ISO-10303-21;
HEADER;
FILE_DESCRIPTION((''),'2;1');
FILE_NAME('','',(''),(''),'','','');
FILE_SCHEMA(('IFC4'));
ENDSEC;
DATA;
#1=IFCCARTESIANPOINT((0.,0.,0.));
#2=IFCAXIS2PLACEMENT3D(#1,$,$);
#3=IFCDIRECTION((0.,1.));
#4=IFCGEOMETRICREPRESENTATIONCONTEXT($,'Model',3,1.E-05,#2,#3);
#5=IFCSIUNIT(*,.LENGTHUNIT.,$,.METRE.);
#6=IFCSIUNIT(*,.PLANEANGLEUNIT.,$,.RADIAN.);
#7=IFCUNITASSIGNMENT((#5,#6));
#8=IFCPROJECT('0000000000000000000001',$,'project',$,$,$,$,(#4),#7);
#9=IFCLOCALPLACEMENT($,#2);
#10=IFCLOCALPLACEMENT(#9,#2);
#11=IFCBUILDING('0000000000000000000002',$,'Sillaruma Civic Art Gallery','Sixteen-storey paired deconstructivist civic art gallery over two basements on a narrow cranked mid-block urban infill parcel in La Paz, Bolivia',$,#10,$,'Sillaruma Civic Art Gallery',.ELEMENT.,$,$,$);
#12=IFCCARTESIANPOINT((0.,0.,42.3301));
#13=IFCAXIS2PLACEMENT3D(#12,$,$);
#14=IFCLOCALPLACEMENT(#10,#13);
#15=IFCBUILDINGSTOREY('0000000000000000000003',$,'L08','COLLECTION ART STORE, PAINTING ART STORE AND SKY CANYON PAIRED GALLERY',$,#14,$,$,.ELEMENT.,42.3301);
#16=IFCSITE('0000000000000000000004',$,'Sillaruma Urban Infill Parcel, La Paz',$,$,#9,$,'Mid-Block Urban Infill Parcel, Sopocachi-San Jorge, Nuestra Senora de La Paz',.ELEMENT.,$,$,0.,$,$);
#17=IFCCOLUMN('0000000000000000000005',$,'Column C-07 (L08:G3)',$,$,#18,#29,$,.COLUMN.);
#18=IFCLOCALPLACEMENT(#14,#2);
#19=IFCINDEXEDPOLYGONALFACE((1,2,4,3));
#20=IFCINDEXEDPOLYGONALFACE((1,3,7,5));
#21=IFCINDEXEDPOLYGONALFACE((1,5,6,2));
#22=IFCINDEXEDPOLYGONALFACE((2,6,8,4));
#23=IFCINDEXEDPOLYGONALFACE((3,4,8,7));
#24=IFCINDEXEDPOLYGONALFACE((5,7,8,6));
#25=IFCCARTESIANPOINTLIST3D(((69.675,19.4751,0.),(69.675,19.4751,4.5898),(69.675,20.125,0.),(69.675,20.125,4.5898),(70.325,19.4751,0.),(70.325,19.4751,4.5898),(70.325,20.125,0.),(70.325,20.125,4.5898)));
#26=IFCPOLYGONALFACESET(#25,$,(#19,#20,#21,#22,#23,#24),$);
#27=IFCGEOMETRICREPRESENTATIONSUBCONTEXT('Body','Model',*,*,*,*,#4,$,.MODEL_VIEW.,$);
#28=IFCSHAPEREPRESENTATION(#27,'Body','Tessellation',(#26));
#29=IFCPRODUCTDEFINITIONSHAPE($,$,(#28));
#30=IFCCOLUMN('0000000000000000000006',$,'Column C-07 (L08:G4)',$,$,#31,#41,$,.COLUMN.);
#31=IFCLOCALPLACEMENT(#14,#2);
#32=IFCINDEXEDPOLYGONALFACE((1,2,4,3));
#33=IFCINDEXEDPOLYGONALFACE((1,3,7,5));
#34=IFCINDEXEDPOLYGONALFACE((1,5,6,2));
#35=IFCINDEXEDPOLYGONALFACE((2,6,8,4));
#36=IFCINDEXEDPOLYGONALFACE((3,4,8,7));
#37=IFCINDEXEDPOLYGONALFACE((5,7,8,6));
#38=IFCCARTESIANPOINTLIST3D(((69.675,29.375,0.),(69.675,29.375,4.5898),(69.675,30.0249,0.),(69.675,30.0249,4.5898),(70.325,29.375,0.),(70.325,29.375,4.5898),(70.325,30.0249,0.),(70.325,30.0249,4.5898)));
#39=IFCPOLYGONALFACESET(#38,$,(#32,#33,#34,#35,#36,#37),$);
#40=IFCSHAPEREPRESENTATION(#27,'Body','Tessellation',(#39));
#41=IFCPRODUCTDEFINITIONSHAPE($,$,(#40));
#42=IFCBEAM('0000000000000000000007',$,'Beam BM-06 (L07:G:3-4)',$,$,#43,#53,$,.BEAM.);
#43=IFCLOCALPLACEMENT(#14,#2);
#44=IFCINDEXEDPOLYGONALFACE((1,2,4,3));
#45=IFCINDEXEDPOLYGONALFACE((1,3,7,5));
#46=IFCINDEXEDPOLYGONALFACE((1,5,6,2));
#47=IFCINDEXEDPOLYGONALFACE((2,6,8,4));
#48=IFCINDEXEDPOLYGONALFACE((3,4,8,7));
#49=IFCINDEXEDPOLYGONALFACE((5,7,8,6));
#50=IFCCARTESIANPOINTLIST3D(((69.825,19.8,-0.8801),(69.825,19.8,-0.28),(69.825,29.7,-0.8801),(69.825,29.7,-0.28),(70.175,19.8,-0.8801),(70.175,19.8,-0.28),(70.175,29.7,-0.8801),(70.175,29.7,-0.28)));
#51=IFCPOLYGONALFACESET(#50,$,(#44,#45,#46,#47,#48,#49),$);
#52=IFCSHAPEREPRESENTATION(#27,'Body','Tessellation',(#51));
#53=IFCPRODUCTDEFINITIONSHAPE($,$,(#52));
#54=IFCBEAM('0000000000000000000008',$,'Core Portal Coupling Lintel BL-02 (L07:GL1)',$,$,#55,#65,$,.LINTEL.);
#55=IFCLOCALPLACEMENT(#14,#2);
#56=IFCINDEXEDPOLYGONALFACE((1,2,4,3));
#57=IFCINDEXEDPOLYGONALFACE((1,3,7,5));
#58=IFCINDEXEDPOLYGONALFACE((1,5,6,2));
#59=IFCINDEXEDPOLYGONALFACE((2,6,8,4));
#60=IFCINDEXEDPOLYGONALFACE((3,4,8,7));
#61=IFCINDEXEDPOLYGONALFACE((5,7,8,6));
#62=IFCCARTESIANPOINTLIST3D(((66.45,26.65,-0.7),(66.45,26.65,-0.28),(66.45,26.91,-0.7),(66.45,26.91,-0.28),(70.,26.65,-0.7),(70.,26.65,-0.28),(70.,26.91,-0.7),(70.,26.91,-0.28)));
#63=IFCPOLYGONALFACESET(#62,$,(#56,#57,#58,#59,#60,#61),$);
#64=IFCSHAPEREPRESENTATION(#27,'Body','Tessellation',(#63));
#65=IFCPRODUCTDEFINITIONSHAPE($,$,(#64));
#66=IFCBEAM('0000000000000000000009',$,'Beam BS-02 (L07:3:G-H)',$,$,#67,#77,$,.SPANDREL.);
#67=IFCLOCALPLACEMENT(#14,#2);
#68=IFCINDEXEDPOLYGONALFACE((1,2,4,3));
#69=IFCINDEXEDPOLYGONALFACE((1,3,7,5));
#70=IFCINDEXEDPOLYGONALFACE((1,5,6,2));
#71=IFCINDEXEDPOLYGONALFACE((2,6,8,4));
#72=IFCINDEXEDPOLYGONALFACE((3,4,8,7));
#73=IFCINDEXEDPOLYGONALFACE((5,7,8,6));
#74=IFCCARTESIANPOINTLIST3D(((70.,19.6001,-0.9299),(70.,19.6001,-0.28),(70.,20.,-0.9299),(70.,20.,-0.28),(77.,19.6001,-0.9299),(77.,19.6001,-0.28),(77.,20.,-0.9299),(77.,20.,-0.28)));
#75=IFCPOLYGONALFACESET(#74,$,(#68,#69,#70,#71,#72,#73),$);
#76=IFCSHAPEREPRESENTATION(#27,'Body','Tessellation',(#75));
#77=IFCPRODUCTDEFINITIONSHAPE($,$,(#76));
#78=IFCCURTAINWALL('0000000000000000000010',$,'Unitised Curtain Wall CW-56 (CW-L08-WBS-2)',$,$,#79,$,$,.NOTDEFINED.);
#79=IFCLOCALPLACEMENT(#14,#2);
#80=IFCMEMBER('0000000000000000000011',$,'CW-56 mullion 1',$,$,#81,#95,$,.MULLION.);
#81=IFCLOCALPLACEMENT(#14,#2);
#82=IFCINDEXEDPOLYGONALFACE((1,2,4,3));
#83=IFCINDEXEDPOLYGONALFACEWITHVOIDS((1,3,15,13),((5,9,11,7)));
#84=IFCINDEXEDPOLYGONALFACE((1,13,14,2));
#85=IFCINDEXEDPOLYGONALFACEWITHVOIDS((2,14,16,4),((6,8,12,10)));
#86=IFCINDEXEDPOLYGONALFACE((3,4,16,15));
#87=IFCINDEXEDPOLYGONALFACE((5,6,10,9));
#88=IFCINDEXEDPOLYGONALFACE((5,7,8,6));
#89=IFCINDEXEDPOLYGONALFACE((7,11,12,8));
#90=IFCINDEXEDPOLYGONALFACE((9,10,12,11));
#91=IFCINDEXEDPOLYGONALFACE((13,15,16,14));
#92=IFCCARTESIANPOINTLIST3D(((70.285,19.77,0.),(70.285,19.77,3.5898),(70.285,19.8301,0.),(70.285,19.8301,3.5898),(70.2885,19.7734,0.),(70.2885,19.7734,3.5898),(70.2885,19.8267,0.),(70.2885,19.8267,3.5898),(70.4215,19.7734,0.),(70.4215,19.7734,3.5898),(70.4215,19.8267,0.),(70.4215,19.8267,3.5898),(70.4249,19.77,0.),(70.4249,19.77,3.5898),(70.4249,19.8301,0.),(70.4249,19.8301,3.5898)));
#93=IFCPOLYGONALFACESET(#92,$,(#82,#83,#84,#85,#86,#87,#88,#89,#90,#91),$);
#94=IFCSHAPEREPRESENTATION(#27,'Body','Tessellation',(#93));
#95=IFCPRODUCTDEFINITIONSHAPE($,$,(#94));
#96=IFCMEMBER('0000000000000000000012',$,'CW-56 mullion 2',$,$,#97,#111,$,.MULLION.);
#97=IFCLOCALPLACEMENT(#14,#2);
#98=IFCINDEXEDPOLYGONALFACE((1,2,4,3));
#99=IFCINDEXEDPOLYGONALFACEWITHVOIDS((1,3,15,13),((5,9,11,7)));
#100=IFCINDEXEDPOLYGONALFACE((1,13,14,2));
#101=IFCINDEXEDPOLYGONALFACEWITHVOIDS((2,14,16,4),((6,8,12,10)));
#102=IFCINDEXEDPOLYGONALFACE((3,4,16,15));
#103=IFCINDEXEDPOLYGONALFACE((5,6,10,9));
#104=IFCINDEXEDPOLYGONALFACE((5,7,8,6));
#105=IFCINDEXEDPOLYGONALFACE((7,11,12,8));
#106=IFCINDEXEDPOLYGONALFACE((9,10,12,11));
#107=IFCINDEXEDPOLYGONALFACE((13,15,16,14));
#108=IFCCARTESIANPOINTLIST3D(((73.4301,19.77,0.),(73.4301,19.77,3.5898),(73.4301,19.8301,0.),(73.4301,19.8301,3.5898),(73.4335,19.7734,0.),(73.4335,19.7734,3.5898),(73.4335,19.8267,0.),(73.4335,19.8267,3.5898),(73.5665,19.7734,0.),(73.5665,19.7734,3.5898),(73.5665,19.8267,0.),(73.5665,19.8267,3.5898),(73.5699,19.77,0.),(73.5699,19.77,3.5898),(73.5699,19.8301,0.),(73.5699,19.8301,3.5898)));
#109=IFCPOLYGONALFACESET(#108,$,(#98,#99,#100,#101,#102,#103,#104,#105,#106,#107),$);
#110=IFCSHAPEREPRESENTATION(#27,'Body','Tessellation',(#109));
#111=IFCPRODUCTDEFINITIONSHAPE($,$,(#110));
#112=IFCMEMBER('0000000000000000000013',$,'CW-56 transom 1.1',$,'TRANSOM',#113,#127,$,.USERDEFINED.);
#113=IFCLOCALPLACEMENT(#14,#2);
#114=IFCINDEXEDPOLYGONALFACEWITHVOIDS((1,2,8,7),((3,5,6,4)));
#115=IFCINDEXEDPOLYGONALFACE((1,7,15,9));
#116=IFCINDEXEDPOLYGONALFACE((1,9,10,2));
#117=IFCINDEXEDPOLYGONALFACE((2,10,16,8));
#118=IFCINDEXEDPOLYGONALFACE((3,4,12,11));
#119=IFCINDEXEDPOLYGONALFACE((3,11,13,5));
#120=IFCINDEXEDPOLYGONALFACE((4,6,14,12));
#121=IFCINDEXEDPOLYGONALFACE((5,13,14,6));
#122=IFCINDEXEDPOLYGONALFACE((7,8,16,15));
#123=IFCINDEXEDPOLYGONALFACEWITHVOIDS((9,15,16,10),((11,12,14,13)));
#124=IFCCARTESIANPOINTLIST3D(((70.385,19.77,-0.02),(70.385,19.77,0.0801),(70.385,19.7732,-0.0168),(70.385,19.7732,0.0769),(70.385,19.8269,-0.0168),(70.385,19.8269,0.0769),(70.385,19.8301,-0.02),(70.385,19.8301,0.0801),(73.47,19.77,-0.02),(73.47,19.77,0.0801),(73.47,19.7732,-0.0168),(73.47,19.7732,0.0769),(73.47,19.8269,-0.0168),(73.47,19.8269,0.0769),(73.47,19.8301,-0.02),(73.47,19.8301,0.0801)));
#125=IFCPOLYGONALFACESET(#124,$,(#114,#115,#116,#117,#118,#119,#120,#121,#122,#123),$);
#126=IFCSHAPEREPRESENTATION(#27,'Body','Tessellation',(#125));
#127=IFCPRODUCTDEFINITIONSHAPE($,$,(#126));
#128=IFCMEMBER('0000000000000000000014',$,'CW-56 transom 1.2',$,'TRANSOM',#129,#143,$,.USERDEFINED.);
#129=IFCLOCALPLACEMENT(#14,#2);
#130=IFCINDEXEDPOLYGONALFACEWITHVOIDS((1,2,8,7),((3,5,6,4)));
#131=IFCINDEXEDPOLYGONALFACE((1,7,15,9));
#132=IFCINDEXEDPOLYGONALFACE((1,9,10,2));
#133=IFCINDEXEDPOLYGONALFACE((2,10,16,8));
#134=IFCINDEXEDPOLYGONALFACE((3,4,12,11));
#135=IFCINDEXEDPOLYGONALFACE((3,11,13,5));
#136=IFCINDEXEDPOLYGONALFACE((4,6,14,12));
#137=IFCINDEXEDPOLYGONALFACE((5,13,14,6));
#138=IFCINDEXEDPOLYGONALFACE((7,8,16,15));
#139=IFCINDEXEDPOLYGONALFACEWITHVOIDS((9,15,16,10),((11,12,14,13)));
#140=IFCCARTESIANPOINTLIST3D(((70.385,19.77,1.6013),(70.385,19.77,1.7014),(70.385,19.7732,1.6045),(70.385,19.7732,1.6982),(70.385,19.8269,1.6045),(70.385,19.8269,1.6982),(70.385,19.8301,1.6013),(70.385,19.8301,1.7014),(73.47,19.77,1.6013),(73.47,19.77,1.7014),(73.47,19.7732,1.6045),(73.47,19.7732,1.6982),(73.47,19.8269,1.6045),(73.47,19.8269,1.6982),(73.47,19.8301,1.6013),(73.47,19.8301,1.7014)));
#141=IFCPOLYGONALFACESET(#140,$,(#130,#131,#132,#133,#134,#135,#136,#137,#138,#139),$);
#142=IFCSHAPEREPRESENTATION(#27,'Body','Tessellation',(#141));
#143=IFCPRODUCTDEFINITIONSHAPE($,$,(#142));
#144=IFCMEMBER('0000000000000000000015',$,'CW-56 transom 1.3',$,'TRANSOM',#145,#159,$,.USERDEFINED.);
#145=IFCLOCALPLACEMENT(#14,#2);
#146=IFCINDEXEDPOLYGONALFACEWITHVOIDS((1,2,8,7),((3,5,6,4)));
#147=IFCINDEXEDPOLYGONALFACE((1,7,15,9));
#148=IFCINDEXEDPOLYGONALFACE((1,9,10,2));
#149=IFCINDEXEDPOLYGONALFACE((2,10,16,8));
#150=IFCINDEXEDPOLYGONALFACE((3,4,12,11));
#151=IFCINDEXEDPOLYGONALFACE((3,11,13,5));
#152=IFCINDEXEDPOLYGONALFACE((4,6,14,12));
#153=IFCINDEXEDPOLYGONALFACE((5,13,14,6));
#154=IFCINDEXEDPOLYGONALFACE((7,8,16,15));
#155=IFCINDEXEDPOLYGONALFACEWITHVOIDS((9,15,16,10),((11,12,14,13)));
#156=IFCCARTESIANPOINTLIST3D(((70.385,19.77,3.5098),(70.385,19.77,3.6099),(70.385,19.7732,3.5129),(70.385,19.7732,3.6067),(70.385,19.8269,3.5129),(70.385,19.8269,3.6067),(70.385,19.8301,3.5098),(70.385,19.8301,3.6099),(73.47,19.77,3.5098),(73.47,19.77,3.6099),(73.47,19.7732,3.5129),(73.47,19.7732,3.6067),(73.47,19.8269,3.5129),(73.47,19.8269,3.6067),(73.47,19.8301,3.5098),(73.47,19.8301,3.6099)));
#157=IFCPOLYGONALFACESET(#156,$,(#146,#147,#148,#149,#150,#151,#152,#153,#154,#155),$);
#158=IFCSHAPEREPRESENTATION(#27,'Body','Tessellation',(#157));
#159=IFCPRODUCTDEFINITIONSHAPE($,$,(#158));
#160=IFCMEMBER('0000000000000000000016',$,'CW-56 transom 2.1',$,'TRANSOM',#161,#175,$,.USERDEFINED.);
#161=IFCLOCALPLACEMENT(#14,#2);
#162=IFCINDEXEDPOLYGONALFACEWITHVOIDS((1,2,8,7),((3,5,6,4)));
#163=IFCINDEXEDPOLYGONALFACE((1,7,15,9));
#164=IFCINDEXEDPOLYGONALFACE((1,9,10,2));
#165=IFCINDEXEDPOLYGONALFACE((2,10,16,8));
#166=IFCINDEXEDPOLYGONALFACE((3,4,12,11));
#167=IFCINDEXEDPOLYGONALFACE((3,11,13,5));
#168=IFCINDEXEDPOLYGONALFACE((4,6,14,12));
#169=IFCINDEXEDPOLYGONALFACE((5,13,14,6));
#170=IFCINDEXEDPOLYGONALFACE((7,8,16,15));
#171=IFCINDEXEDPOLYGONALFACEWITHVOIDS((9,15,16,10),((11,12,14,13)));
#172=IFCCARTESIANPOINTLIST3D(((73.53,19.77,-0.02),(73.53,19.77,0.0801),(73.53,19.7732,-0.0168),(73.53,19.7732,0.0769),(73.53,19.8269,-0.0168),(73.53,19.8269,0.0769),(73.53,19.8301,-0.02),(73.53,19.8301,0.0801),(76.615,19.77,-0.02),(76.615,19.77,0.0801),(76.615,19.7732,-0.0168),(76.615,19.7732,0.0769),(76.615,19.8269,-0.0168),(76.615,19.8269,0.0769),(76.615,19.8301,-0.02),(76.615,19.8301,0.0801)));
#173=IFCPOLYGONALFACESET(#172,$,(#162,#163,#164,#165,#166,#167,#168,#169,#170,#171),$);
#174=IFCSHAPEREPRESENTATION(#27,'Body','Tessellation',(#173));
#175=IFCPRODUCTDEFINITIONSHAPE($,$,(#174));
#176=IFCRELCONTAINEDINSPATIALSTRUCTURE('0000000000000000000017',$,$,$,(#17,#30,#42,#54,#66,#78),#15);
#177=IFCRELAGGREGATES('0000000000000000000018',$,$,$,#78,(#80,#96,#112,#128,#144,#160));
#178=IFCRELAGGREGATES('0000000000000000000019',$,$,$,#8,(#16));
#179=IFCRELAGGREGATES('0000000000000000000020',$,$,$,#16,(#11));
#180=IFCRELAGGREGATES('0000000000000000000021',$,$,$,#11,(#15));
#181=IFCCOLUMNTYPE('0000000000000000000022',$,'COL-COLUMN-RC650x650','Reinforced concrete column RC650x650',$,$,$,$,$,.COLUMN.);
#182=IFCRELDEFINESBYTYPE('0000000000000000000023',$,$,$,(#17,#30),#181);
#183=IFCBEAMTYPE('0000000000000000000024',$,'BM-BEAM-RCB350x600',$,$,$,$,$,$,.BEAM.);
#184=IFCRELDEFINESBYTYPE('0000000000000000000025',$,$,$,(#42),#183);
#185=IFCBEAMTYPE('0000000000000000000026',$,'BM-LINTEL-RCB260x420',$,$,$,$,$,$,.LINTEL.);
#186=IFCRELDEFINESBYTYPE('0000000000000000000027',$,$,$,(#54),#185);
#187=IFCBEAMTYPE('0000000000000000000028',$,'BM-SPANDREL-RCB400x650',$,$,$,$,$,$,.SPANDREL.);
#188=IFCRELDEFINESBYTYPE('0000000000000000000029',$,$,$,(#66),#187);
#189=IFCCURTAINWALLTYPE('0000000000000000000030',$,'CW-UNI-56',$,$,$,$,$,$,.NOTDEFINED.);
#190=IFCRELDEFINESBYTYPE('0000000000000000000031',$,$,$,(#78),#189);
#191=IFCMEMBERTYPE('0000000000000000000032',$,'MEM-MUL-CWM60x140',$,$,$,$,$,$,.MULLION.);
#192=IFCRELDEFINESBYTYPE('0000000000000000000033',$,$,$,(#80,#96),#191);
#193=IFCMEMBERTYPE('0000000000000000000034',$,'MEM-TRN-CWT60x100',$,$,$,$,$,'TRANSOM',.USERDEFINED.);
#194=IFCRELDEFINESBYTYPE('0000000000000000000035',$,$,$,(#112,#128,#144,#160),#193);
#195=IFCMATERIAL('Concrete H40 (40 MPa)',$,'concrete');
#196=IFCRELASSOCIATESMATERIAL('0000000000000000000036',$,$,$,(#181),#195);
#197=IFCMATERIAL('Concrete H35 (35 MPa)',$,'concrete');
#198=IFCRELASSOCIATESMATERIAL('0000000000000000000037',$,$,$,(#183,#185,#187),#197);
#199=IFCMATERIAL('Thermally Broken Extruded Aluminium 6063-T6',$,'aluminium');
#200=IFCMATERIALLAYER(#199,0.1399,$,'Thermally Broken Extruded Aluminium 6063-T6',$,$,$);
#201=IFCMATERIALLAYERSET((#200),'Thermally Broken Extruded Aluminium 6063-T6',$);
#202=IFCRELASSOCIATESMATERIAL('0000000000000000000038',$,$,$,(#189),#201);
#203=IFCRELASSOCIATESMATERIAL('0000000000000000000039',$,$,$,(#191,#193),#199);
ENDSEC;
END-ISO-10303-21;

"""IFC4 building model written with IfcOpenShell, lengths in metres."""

from ifc_helpers import new_model, si_unit, direction, frame, origin, origin_2d, place, context, subcontext, project, spatial, rectangle, hollow_rectangle, extrude, material, layer, layer_set, material_profile, profile_set, type_object, element, aggregate, save


model = new_model("IFC4")

# Units and contexts
model_context = context("Model", 3, precision=1e-05, world=origin(), true_north=direction((0.0, 1.0)))
body_context = subcontext(model_context, "Body", "Model", "MODEL_VIEW")
ifc_project = project(units=[si_unit("LENGTHUNIT", "METRE"), si_unit("PLANEANGLEUNIT", "RADIAN")], contexts=[model_context])

# Site, building, storey
site_placement = place(None, origin())
site = spatial("IfcSite", under=ifc_project, at=site_placement, Name="Sillaruma Urban Infill Parcel, La Paz", LongName="Mid-Block Urban Infill Parcel, Sopocachi-San Jorge, Nuestra Senora de La Paz", CompositionType="ELEMENT", RefElevation=0.0)
building_placement = place(site_placement, origin())
building = spatial("IfcBuilding", under=site, at=building_placement, Name="Sillaruma Civic Art Gallery", Description="Sixteen-storey paired deconstructivist civic art gallery over two basements on a narrow cranked mid-block urban infill parcel in La Paz, Bolivia", LongName="Sillaruma Civic Art Gallery", CompositionType="ELEMENT")
storey_placement = place(building_placement, frame((0.0, 0.0, 42.3301)))
storey = spatial("IfcBuildingStorey", under=building, at=storey_placement, Name="L08", Description="COLLECTION ART STORE, PAINTING ART STORE AND SKY CANYON PAIRED GALLERY", CompositionType="ELEMENT", Elevation=42.3301)

# Columns
ifc_material_1 = material(Name="Concrete H40 (40 MPa)", Category="concrete")
ifc_material_profile_1 = material_profile(ifc_material_1, rectangle(XDim=0.6499, YDim=0.6499, at=origin_2d()), Name="RC650x650")
ifc_profile_set_1 = profile_set([ifc_material_profile_1], Name="Concrete H40 (40 MPa)")
column_type = type_object("IfcColumnType", Name="COL-COLUMN-RC650x650", Description="Reinforced concrete column RC650x650", PredefinedType="COLUMN", material=ifc_profile_set_1)
for number, where, z_axis, x_axis, name in (
    (1, (70.0, 19.8, 0.0), (0.0, 0.0, 1.0), (1.0, 0.0, 0.0), "Column C-07 (L08:G3)"),
    (2, (70.0, 29.7, 0.0), (0.0, 0.0, 1.0), (1.0, 0.0, 0.0), "Column C-07 (L08:G4)"),
):
    element("IfcColumn", number, at=place(storey_placement, frame(where, z_axis=z_axis, x_axis=x_axis)), inside=storey, type_object=column_type, Name=name, PredefinedType="COLUMN", context=body_context, shape_type="SweptSolid", body=[
        extrude(rectangle(XDim=0.6499, YDim=0.6499, at=origin_2d()), origin(), (0.0, 0.0, 1.0), 4.5898),
    ])

# Beams
ifc_material_2 = material(Name="Concrete H35 (35 MPa)", Category="concrete")
ifc_material_profile_2 = material_profile(ifc_material_2, rectangle(XDim=0.3501, YDim=0.6001, at=origin_2d()), Name="RCB350x600")
ifc_profile_set_2 = profile_set([ifc_material_profile_2], Name="Concrete H35 (35 MPa)")
beam_type_1 = type_object("IfcBeamType", Name="BM-BEAM-RCB350x600", PredefinedType="BEAM", material=ifc_profile_set_2)
beam_1_placement = place(storey_placement, frame((70.0, 19.8, -0.5801), z_axis=(0.0, 1.0, 0.0), x_axis=(-1.0, 0.0, 0.0)))
element("IfcBeam", 3, at=beam_1_placement, inside=storey, type_object=beam_type_1, Name="Beam BM-06 (L07:G:3-4)", PredefinedType="BEAM", context=body_context, shape_type="SweptSolid", body=[
    extrude(rectangle(XDim=0.3501, YDim=0.6001, at=origin_2d()), origin(), (0.0, 0.0, 1.0), 9.8999),
])
ifc_material_profile_3 = material_profile(ifc_material_2, rectangle(XDim=0.26, YDim=0.4199, at=origin_2d()), Name="RCB260x420")
ifc_profile_set_3 = profile_set([ifc_material_profile_3], Name="Concrete H35 (35 MPa)")
beam_type_2 = type_object("IfcBeamType", Name="BM-LINTEL-RCB260x420", PredefinedType="LINTEL", material=ifc_profile_set_3)
beam_2_placement = place(storey_placement, frame((66.45, 26.78, -0.49), z_axis=(1.0, 0.0, 0.0), x_axis=(0.0, 1.0, 0.0)))
element("IfcBeam", 4, at=beam_2_placement, inside=storey, type_object=beam_type_2, Name="Core Portal Coupling Lintel BL-02 (L07:GL1)", PredefinedType="LINTEL", context=body_context, shape_type="SweptSolid", body=[
    extrude(rectangle(XDim=0.26, YDim=0.4199, at=origin_2d()), origin(), (0.0, 0.0, 1.0), 3.55),
])
ifc_material_profile_4 = material_profile(ifc_material_2, rectangle(XDim=0.3999, YDim=0.6499, at=origin_2d()), Name="RCB400x650")
ifc_profile_set_4 = profile_set([ifc_material_profile_4], Name="Concrete H35 (35 MPa)")
beam_type_3 = type_object("IfcBeamType", Name="BM-SPANDREL-RCB400x650", PredefinedType="SPANDREL", material=ifc_profile_set_4)
beam_3_placement = place(storey_placement, frame((70.0, 19.8, -0.605), z_axis=(1.0, 0.0, 0.0), x_axis=(0.0, 1.0, 0.0)))
element("IfcBeam", 5, at=beam_3_placement, inside=storey, type_object=beam_type_3, Name="Beam BS-02 (L07:3:G-H)", PredefinedType="SPANDREL", context=body_context, shape_type="SweptSolid", body=[
    extrude(rectangle(XDim=0.3999, YDim=0.6499, at=origin_2d()), origin(), (0.0, 0.0, 1.0), 7.0),
])

# Curtain wall, members
ifc_material_3 = material(Name="Thermally Broken Extruded Aluminium 6063-T6", Category="aluminium")
ifc_layer_1 = layer(ifc_material_3, 0.1399, Name="Thermally Broken Extruded Aluminium 6063-T6")
ifc_layer_set_1 = layer_set([ifc_layer_1], Name="Thermally Broken Extruded Aluminium 6063-T6")
curtain_wall_type = type_object("IfcCurtainWallType", Name="CW-UNI-56", PredefinedType="NOTDEFINED", material=ifc_layer_set_1)
curtain_wall_placement = place(storey_placement, origin())
curtain_wall = element("IfcCurtainWall", 6, at=curtain_wall_placement, inside=storey, type_object=curtain_wall_type, Name="Unitised Curtain Wall CW-56 (CW-L08-WBS-2)", PredefinedType="NOTDEFINED")
ifc_material_profile_5 = material_profile(ifc_material_3, hollow_rectangle(XDim=0.0601, YDim=0.1399, WallThickness=0.0034, at=origin_2d()), Name="CWM60x140")
ifc_profile_set_5 = profile_set([ifc_material_profile_5], Name="Thermally Broken Extruded Aluminium 6063-T6")
member_type_1 = type_object("IfcMemberType", Name="MEM-MUL-CWM60x140", PredefinedType="MULLION", material=ifc_profile_set_5)
member_1_placement = place(storey_placement, frame((70.355, 19.8, 0.0), z_axis=(0.0, 0.0, 1.0), x_axis=(0.0, 1.0, 0.0)))
member_1 = element("IfcMember", 7, at=member_1_placement, type_object=member_type_1, Name="CW-56 mullion 1", PredefinedType="MULLION", context=body_context, shape_type="SweptSolid", body=[
    extrude(hollow_rectangle(XDim=0.0601, YDim=0.1399, WallThickness=0.0034, at=origin_2d()), origin(), (0.0, 0.0, 1.0), 3.5898),
])
member_2_placement = place(storey_placement, frame((73.5, 19.8, 0.0), z_axis=(0.0, 0.0, 1.0), x_axis=(0.0, 1.0, 0.0)))
member_2 = element("IfcMember", 8, at=member_2_placement, type_object=member_type_1, Name="CW-56 mullion 2", PredefinedType="MULLION", context=body_context, shape_type="SweptSolid", body=[
    extrude(hollow_rectangle(XDim=0.0601, YDim=0.1399, WallThickness=0.0034, at=origin_2d()), origin(), (0.0, 0.0, 1.0), 3.5898),
])
ifc_material_profile_6 = material_profile(ifc_material_3, hollow_rectangle(XDim=0.0601, YDim=0.1001, WallThickness=0.0032, at=origin_2d()), Name="CWT60x100")
ifc_profile_set_6 = profile_set([ifc_material_profile_6], Name="Thermally Broken Extruded Aluminium 6063-T6")
member_type_2 = type_object("IfcMemberType", Name="MEM-TRN-CWT60x100", ElementType="TRANSOM", PredefinedType="USERDEFINED", material=ifc_profile_set_6)
member_3_placement = place(storey_placement, frame((70.385, 19.8, 0.03), z_axis=(1.0, 0.0, 0.0), x_axis=(0.0, 1.0, 0.0)))
member_3 = element("IfcMember", 9, at=member_3_placement, type_object=member_type_2, Name="CW-56 transom 1.1", ObjectType="TRANSOM", PredefinedType="USERDEFINED", context=body_context, shape_type="SweptSolid", body=[
    extrude(hollow_rectangle(XDim=0.0601, YDim=0.1001, WallThickness=0.0032, at=origin_2d()), origin(), (0.0, 0.0, 1.0), 3.085),
])
member_4_placement = place(storey_placement, frame((70.385, 19.8, 1.6514), z_axis=(1.0, 0.0, 0.0), x_axis=(0.0, 1.0, 0.0)))
member_4 = element("IfcMember", 10, at=member_4_placement, type_object=member_type_2, Name="CW-56 transom 1.2", ObjectType="TRANSOM", PredefinedType="USERDEFINED", context=body_context, shape_type="SweptSolid", body=[
    extrude(hollow_rectangle(XDim=0.0601, YDim=0.1001, WallThickness=0.0032, at=origin_2d()), origin(), (0.0, 0.0, 1.0), 3.085),
])
member_5_placement = place(storey_placement, frame((70.385, 19.8, 3.5598), z_axis=(1.0, 0.0, 0.0), x_axis=(0.0, 1.0, 0.0)))
member_5 = element("IfcMember", 11, at=member_5_placement, type_object=member_type_2, Name="CW-56 transom 1.3", ObjectType="TRANSOM", PredefinedType="USERDEFINED", context=body_context, shape_type="SweptSolid", body=[
    extrude(hollow_rectangle(XDim=0.0601, YDim=0.1001, WallThickness=0.0032, at=origin_2d()), origin(), (0.0, 0.0, 1.0), 3.085),
])
member_6_placement = place(storey_placement, frame((73.53, 19.8, 0.03), z_axis=(1.0, 0.0, 0.0), x_axis=(0.0, 1.0, 0.0)))
member_6 = element("IfcMember", 12, at=member_6_placement, type_object=member_type_2, Name="CW-56 transom 2.1", ObjectType="TRANSOM", PredefinedType="USERDEFINED", context=body_context, shape_type="SweptSolid", body=[
    extrude(hollow_rectangle(XDim=0.0601, YDim=0.1001, WallThickness=0.0032, at=origin_2d()), origin(), (0.0, 0.0, 1.0), 3.085),
])
aggregate(curtain_wall, [member_1, member_2, member_3, member_4, member_5, member_6])

save(model, "model.ifc")
